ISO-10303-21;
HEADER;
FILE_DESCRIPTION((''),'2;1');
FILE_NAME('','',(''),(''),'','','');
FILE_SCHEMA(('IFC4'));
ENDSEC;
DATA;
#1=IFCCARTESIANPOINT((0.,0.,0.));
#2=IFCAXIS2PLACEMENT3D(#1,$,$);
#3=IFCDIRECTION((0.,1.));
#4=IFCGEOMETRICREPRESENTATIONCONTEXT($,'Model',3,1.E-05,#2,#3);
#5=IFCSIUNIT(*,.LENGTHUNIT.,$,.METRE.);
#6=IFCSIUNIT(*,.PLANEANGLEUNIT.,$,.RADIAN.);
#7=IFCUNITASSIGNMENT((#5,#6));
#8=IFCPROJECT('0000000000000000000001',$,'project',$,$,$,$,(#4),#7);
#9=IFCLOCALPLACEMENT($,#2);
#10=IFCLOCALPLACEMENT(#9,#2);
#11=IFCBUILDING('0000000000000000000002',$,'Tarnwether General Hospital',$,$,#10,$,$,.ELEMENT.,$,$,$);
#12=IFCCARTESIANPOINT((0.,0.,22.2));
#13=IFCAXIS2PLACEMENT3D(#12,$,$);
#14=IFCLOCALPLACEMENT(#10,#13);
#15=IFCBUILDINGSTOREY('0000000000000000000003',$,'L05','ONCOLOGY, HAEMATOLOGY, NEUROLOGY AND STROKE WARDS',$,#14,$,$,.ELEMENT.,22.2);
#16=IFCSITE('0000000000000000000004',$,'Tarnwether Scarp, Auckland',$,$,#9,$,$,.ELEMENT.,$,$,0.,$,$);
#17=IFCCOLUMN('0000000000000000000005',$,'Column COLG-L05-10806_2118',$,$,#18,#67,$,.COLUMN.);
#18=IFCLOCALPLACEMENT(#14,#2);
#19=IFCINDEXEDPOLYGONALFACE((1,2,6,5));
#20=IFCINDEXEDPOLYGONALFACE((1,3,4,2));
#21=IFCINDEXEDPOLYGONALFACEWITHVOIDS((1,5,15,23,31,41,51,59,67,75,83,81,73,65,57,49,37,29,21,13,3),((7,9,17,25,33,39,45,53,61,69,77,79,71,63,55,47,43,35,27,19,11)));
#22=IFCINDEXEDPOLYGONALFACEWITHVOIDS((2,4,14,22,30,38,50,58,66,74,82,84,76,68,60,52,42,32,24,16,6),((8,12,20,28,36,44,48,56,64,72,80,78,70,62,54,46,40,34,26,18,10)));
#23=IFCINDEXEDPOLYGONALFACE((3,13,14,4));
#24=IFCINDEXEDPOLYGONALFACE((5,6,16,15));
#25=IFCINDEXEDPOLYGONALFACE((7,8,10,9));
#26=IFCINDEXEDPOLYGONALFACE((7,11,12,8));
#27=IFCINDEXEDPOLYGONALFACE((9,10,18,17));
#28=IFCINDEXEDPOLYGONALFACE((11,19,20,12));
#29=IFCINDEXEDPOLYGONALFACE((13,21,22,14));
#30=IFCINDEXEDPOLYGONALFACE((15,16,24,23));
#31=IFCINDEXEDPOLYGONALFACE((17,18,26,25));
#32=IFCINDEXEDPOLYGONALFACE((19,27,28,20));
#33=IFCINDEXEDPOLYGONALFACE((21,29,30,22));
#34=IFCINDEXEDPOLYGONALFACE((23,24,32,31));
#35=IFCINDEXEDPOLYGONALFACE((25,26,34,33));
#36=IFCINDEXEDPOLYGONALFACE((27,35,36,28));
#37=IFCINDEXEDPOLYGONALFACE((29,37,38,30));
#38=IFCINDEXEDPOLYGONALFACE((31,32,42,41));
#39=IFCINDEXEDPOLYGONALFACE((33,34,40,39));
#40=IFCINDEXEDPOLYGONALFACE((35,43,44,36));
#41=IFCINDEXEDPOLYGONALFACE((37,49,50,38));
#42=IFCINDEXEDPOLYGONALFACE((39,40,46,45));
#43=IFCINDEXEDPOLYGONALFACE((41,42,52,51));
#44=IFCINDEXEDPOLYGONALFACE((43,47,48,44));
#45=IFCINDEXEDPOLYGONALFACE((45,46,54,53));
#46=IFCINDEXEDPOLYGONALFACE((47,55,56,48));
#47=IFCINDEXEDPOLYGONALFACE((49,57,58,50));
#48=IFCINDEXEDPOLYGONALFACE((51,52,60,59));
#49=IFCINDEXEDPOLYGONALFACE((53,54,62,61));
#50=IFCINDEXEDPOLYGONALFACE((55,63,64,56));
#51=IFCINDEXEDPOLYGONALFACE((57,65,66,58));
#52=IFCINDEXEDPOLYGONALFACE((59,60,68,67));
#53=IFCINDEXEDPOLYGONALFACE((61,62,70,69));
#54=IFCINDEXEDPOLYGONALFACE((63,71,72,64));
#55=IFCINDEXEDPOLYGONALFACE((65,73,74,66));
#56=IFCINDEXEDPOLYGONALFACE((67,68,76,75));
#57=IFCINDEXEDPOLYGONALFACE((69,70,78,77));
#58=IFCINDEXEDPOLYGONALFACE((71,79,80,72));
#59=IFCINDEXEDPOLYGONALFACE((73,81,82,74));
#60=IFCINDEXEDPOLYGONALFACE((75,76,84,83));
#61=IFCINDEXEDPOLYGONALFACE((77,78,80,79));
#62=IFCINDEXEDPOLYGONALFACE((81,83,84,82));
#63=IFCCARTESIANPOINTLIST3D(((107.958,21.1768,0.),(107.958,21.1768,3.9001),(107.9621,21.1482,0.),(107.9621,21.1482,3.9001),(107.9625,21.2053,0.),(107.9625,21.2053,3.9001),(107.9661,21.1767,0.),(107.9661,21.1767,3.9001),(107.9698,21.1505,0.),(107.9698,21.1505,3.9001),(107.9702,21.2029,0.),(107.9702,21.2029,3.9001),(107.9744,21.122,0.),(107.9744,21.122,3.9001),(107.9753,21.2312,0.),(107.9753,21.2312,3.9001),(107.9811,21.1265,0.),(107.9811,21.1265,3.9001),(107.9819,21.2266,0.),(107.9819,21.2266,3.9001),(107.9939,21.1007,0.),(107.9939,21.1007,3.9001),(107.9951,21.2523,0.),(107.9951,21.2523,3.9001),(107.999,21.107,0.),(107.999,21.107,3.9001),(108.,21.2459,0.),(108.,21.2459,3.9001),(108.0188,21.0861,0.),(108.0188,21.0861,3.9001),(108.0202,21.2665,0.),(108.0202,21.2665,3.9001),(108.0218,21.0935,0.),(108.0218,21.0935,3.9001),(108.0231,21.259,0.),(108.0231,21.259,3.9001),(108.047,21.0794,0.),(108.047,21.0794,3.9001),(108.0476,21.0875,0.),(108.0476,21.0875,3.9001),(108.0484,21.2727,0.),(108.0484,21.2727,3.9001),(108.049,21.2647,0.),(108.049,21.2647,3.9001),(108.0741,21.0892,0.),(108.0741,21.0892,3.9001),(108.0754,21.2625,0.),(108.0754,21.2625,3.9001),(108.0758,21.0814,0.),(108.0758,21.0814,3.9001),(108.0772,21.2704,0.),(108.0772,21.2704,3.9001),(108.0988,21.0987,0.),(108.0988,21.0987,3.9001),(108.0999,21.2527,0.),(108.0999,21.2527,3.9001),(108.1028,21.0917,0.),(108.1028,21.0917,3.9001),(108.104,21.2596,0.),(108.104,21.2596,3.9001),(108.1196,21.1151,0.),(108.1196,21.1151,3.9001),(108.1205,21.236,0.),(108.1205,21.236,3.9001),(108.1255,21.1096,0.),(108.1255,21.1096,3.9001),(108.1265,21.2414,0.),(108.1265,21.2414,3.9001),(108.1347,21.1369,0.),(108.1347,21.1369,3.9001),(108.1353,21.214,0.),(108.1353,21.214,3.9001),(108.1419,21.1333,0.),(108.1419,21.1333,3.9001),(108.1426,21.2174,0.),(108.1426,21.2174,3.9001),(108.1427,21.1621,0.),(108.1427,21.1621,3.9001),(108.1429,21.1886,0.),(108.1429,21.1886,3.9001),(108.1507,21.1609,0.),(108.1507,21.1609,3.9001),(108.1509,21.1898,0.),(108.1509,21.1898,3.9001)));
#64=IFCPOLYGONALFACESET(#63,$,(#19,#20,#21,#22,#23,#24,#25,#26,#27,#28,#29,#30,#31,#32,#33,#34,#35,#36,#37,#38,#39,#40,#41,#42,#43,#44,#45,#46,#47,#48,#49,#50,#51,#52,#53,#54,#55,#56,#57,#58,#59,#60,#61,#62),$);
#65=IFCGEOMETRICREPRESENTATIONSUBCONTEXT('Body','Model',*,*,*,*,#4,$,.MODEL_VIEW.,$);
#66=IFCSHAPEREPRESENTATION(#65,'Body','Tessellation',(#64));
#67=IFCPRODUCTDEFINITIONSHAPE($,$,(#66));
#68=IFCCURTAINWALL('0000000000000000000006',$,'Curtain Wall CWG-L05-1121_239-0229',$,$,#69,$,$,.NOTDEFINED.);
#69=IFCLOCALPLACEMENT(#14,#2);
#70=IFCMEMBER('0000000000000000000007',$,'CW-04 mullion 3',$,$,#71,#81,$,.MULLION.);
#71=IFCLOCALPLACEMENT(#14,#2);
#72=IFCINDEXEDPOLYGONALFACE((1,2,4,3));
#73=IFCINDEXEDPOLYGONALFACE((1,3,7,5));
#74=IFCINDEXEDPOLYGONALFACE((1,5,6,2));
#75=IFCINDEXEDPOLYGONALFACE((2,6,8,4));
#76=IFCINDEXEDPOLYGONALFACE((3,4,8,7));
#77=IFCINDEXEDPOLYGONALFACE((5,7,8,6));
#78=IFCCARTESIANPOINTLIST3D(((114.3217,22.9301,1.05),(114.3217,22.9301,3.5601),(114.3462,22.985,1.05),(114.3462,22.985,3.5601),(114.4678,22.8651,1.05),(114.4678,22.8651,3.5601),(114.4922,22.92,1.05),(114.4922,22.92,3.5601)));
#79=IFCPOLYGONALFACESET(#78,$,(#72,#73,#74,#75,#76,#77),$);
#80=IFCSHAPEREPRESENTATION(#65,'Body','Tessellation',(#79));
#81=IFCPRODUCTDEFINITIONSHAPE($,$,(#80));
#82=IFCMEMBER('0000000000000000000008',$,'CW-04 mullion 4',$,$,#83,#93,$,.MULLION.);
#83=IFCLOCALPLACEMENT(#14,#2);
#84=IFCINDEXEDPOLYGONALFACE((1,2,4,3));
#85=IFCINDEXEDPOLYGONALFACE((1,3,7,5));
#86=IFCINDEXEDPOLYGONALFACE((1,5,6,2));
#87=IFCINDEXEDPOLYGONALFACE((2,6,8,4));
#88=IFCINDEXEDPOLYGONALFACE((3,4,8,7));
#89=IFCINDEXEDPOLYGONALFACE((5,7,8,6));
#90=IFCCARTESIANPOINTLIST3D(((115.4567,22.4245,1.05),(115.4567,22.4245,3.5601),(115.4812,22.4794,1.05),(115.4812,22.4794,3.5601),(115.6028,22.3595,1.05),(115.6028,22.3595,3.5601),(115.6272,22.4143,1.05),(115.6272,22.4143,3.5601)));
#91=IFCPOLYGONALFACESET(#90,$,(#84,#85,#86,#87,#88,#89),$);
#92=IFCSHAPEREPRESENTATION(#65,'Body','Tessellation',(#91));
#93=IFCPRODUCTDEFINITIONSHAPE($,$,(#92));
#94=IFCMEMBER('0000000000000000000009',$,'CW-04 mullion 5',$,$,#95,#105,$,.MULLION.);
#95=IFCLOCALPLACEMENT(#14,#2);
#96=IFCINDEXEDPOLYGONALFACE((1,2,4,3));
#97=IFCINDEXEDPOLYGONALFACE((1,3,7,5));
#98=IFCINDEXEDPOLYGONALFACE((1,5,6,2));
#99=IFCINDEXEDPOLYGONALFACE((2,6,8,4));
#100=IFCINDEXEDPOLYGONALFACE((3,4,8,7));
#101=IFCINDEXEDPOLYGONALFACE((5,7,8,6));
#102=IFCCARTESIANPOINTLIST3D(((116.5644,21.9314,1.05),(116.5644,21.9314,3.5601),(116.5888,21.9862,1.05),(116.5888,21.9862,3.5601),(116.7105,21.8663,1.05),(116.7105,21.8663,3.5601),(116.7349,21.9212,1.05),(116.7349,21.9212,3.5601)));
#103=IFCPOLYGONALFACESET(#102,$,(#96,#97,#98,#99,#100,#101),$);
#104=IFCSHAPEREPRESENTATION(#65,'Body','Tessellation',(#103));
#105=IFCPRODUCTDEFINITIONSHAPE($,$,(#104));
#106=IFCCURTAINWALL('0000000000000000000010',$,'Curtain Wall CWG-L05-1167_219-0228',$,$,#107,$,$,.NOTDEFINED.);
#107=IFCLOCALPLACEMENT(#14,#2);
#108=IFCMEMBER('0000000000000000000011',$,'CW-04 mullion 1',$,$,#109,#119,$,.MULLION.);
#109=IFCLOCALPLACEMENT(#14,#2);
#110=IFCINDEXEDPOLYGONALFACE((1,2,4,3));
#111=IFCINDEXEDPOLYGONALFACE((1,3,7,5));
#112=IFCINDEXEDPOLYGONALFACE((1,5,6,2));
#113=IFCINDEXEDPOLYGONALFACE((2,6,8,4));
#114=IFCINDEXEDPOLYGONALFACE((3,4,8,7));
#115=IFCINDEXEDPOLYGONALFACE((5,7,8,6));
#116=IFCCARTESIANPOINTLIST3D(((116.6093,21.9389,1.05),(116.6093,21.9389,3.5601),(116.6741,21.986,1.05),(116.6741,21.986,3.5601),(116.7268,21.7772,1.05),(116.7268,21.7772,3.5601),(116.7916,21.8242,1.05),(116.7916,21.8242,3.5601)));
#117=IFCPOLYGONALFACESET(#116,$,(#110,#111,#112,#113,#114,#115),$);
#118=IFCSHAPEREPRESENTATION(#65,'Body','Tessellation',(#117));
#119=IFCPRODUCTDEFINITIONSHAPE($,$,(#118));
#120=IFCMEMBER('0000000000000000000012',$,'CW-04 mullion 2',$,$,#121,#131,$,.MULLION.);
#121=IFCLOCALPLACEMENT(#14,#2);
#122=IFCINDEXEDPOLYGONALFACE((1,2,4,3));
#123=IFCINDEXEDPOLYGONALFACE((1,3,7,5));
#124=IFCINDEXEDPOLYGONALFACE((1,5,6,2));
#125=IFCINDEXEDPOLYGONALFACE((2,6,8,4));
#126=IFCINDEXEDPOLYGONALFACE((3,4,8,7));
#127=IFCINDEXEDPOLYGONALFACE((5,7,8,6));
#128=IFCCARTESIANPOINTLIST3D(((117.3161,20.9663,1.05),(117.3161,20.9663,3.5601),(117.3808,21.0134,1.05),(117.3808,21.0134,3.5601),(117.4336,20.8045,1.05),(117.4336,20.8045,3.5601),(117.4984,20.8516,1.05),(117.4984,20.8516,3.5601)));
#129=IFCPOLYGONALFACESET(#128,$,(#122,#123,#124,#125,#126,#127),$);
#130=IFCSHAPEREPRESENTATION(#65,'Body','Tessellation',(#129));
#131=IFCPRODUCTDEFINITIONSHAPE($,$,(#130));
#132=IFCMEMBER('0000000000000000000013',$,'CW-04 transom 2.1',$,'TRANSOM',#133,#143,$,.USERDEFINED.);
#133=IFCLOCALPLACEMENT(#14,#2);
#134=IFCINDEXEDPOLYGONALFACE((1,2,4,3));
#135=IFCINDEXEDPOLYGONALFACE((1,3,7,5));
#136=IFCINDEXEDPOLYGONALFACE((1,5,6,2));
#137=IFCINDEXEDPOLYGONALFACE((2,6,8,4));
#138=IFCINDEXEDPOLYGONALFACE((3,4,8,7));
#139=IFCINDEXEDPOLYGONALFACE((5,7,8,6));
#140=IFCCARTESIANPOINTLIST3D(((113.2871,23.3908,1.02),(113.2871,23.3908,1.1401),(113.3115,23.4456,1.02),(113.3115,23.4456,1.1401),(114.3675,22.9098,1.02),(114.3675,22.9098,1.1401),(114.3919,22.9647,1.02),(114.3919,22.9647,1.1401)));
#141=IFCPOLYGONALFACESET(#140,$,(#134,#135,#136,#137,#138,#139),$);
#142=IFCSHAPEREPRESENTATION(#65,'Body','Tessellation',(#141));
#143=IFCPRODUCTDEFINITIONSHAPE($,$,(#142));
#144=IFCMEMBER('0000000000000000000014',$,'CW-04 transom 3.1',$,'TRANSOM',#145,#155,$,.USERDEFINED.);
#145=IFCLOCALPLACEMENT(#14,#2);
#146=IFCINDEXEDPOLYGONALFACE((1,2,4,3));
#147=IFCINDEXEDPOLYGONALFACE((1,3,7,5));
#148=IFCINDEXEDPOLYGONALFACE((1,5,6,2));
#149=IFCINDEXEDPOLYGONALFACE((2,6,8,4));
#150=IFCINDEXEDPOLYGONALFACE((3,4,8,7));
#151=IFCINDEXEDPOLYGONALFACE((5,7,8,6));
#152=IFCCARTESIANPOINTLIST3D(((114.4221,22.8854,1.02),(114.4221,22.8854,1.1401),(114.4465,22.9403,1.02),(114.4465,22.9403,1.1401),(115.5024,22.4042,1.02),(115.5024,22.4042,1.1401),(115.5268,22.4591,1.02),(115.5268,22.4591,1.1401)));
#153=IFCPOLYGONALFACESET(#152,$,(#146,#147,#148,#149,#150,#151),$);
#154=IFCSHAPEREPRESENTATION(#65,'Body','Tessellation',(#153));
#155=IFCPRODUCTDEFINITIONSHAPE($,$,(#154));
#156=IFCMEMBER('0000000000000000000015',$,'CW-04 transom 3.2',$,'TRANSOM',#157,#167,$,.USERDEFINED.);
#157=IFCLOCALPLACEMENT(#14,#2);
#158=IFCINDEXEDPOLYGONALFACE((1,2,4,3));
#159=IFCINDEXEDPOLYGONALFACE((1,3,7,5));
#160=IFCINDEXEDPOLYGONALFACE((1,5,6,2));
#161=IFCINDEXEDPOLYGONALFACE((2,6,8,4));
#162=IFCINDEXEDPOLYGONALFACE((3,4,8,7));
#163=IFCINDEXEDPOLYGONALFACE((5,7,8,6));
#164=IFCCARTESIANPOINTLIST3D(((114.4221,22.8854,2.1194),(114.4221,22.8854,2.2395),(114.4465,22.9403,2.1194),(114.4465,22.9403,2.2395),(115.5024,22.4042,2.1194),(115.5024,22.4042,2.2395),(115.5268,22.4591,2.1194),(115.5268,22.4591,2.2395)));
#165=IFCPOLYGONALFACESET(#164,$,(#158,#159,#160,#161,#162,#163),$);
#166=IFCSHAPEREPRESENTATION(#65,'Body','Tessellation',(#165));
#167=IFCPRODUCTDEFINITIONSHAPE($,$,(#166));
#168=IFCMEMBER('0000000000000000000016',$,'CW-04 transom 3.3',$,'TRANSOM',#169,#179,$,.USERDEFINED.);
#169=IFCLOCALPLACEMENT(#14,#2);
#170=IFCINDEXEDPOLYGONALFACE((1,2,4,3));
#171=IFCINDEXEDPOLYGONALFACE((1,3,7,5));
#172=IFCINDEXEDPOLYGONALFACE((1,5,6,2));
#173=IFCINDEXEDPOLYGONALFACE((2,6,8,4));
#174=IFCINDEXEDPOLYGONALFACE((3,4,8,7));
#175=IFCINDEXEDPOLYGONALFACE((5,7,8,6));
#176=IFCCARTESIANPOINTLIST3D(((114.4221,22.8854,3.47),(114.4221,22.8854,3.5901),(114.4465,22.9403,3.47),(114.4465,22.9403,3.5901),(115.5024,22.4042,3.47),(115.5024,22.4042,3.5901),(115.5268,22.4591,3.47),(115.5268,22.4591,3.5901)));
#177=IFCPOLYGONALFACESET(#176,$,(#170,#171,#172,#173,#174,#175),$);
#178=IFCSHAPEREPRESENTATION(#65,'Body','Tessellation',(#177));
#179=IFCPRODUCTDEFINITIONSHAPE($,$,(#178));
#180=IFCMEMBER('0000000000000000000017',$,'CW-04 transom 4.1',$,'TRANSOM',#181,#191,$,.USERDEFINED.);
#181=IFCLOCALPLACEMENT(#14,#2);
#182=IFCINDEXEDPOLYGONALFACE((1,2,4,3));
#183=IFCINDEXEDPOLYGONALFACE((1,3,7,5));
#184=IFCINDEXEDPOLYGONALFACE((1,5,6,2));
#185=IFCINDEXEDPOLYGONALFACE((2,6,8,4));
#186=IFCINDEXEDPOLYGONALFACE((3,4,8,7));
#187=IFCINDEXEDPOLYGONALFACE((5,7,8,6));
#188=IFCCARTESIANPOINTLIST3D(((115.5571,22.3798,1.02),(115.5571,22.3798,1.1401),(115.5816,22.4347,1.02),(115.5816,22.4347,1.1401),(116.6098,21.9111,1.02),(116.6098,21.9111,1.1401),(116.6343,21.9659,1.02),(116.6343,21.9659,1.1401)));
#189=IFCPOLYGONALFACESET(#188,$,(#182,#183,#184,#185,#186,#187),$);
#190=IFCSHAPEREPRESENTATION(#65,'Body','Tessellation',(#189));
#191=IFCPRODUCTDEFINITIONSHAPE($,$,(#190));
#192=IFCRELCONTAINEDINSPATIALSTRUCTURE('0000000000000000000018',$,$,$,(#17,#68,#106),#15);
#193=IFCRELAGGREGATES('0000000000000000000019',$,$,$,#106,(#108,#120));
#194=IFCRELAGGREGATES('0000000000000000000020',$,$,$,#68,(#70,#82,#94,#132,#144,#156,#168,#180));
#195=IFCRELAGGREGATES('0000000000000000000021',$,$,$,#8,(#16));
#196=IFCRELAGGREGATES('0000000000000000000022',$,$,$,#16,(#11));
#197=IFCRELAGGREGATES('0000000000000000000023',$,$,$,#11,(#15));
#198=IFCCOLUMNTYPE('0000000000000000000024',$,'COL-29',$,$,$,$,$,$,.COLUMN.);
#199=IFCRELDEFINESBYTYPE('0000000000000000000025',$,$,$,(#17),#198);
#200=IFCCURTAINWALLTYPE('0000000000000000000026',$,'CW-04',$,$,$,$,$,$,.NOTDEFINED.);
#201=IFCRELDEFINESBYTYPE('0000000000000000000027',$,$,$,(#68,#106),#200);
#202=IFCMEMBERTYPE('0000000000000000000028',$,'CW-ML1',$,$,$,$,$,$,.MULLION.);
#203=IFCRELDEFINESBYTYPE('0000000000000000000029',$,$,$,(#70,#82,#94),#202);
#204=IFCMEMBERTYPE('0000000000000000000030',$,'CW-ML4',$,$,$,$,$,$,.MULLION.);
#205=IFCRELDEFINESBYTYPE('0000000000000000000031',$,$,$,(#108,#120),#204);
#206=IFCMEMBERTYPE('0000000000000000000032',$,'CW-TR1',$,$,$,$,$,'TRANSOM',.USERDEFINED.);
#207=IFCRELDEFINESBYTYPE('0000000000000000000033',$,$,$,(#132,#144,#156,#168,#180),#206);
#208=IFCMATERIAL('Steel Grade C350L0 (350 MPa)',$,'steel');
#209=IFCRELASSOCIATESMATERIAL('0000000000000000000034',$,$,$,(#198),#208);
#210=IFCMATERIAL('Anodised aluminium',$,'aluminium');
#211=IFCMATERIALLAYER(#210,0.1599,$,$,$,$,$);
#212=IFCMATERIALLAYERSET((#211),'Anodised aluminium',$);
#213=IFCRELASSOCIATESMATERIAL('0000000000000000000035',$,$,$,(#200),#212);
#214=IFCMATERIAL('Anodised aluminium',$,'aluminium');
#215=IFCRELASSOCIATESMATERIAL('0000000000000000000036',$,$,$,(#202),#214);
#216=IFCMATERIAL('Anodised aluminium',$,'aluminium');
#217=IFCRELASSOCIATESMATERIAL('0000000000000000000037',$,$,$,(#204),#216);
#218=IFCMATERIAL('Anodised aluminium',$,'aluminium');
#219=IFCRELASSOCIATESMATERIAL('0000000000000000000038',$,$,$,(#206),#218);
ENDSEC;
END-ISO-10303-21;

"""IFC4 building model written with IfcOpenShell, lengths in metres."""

from ifc_helpers import new_model, si_unit, direction, frame, origin, origin_2d, place, context, subcontext, project, spatial, rectangle, hollow_circle, extrude, material, layer, layer_set, material_profile, profile_set, type_object, element, aggregate, save


model = new_model("IFC4")

# Units and contexts
model_context = context("Model", 3, precision=1e-05, world=origin(), true_north=direction((0.0, 1.0)))
body_context = subcontext(model_context, "Body", "Model", "MODEL_VIEW")
ifc_project = project(units=[si_unit("LENGTHUNIT", "METRE"), si_unit("PLANEANGLEUNIT", "RADIAN")], contexts=[model_context])

# Site, building, storey
site_placement = place(None, origin())
site = spatial("IfcSite", under=ifc_project, at=site_placement, Name="Tarnwether Scarp, Auckland", CompositionType="ELEMENT", RefElevation=0.0)
building_placement = place(site_placement, origin())
building = spatial("IfcBuilding", under=site, at=building_placement, Name="Tarnwether General Hospital", CompositionType="ELEMENT")
storey_placement = place(building_placement, frame((0.0, 0.0, 22.2)))
storey = spatial("IfcBuildingStorey", under=building, at=storey_placement, Name="L05", Description="ONCOLOGY, HAEMATOLOGY, NEUROLOGY AND STROKE WARDS", CompositionType="ELEMENT", Elevation=22.2)

# Column
ifc_material_1 = material(Name="Steel Grade C350L0 (350 MPa)", Category="steel")
ifc_material_profile_1 = material_profile(ifc_material_1, hollow_circle(Radius=0.0969, WallThickness=0.0081, at=origin_2d()), Name="CHS193.7x8.0")
ifc_profile_set_1 = profile_set([ifc_material_profile_1], Name="Steel Grade C350L0 (350 MPa)")
column_type = type_object("IfcColumnType", Name="COL-29", PredefinedType="COLUMN", material=ifc_profile_set_1)
column_placement = place(storey_placement, frame((108.0549, 21.176, 0.0), z_axis=(0.0, 0.0, 1.0), x_axis=(-0.358368, 0.93358, 0.0)))
element("IfcColumn", 1, at=column_placement, inside=storey, type_object=column_type, Name="Column COLG-L05-10806_2118", PredefinedType="COLUMN", context=body_context, shape_type="SweptSolid", body=[
    extrude(hollow_circle(Radius=0.0969, WallThickness=0.0081, at=origin_2d()), origin(), (0.0, 0.0, 1.0), 3.9001),
])

# Curtain walls, members
ifc_material_2 = material(Name="Anodised aluminium", Category="aluminium")
ifc_layer_1 = layer(ifc_material_2, 0.1599)
ifc_layer_set_1 = layer_set([ifc_layer_1], Name="Anodised aluminium")
curtain_wall_type = type_object("IfcCurtainWallType", Name="CW-04", PredefinedType="NOTDEFINED", material=ifc_layer_set_1)
curtain_wall_1_placement = place(storey_placement, origin())
curtain_wall_1 = element("IfcCurtainWall", 2, at=curtain_wall_1_placement, inside=storey, type_object=curtain_wall_type, Name="Curtain Wall CWG-L05-1121_239-0229", PredefinedType="NOTDEFINED")
ifc_material_3 = material(Name="Anodised aluminium", Category="aluminium")
ifc_material_profile_2 = material_profile(ifc_material_3, rectangle(XDim=0.0601, YDim=0.1599, at=origin_2d()), Name="ALU-MUL-60x160")
ifc_profile_set_2 = profile_set([ifc_material_profile_2], Name="Anodised aluminium")
member_type_1 = type_object("IfcMemberType", Name="CW-ML1", PredefinedType="MULLION", material=ifc_profile_set_2)
member_1_placement = place(storey_placement, frame((114.407, 22.925, 1.05), z_axis=(0.0, 0.0, 1.0), x_axis=(0.406848, 0.913496, 0.0)))
member_1 = element("IfcMember", 3, at=member_1_placement, type_object=member_type_1, Name="CW-04 mullion 3", PredefinedType="MULLION", context=body_context, shape_type="SweptSolid", body=[
    extrude(rectangle(XDim=0.0601, YDim=0.1599, at=origin_2d()), origin(), (0.0, 0.0, 1.0), 2.51),
])
member_2_placement = place(storey_placement, frame((115.542, 22.4194, 1.05), z_axis=(0.0, 0.0, 1.0), x_axis=(0.406848, 0.913496, 0.0)))
member_2 = element("IfcMember", 4, at=member_2_placement, type_object=member_type_1, Name="CW-04 mullion 4", PredefinedType="MULLION", context=body_context, shape_type="SweptSolid", body=[
    extrude(rectangle(XDim=0.0601, YDim=0.1599, at=origin_2d()), origin(), (0.0, 0.0, 1.0), 2.51),
])
member_3_placement = place(storey_placement, frame((116.6497, 21.9263, 1.05), z_axis=(0.0, 0.0, 1.0), x_axis=(0.406848, 0.913496, 0.0)))
member_3 = element("IfcMember", 5, at=member_3_placement, type_object=member_type_1, Name="CW-04 mullion 5", PredefinedType="MULLION", context=body_context, shape_type="SweptSolid", body=[
    extrude(rectangle(XDim=0.0601, YDim=0.1599, at=origin_2d()), origin(), (0.0, 0.0, 1.0), 2.51),
])
curtain_wall_2_placement = place(storey_placement, origin())
curtain_wall_2 = element("IfcCurtainWall", 6, at=curtain_wall_2_placement, inside=storey, type_object=curtain_wall_type, Name="Curtain Wall CWG-L05-1167_219-0228", PredefinedType="NOTDEFINED")
ifc_material_4 = material(Name="Anodised aluminium", Category="aluminium")
ifc_material_profile_3 = material_profile(ifc_material_4, rectangle(XDim=0.0801, YDim=0.2, at=origin_2d()), Name="ALU-MUL-80x200")
ifc_profile_set_3 = profile_set([ifc_material_profile_3], Name="Anodised aluminium")
member_type_2 = type_object("IfcMemberType", Name="CW-ML4", PredefinedType="MULLION", material=ifc_profile_set_3)
member_4_placement = place(storey_placement, frame((116.7004, 21.8816, 1.05), z_axis=(0.0, 0.0, 1.0), x_axis=(0.808988, 0.587825, 0.0)))
member_4 = element("IfcMember", 7, at=member_4_placement, type_object=member_type_2, Name="CW-04 mullion 1", PredefinedType="MULLION", context=body_context, shape_type="SweptSolid", body=[
    extrude(rectangle(XDim=0.0801, YDim=0.2, at=origin_2d()), origin(), (0.0, 0.0, 1.0), 2.51),
])
member_5_placement = place(storey_placement, frame((117.4072, 20.9089, 1.05), z_axis=(0.0, 0.0, 1.0), x_axis=(0.808988, 0.587825, 0.0)))
member_5 = element("IfcMember", 8, at=member_5_placement, type_object=member_type_2, Name="CW-04 mullion 2", PredefinedType="MULLION", context=body_context, shape_type="SweptSolid", body=[
    extrude(rectangle(XDim=0.0801, YDim=0.2, at=origin_2d()), origin(), (0.0, 0.0, 1.0), 2.51),
])

# Members
ifc_material_5 = material(Name="Anodised aluminium", Category="aluminium")
ifc_material_profile_4 = material_profile(ifc_material_5, rectangle(XDim=0.0601, YDim=0.1201, at=origin_2d()), Name="ALU-TRN-60x120")
ifc_profile_set_4 = profile_set([ifc_material_profile_4], Name="Anodised aluminium")
member_type_3 = type_object("IfcMemberType", Name="CW-TR1", ElementType="TRANSOM", PredefinedType="USERDEFINED", material=ifc_profile_set_4)
member_6_placement = place(storey_placement, frame((113.2993, 23.4182, 1.0801), z_axis=(0.913556, -0.406713, 0.0), x_axis=(0.406713, 0.913556, 0.0)))
member_6 = element("IfcMember", 9, at=member_6_placement, type_object=member_type_3, Name="CW-04 transom 2.1", ObjectType="TRANSOM", PredefinedType="USERDEFINED", context=body_context, shape_type="SweptSolid", body=[
    extrude(rectangle(XDim=0.0601, YDim=0.1201, at=origin_2d()), origin(), (0.0, 0.0, 1.0), 1.1826),
])
member_7_placement = place(storey_placement, frame((114.4343, 22.9128, 1.0801), z_axis=(0.913479, -0.406885, 0.0), x_axis=(0.406885, 0.913479, 0.0)))
member_7 = element("IfcMember", 10, at=member_7_placement, type_object=member_type_3, Name="CW-04 transom 3.1", ObjectType="TRANSOM", PredefinedType="USERDEFINED", context=body_context, shape_type="SweptSolid", body=[
    extrude(rectangle(XDim=0.0601, YDim=0.1201, at=origin_2d()), origin(), (0.0, 0.0, 1.0), 1.1826),
])
member_8_placement = place(storey_placement, frame((114.4343, 22.9128, 2.1794), z_axis=(0.913479, -0.406885, 0.0), x_axis=(0.406885, 0.913479, 0.0)))
member_8 = element("IfcMember", 11, at=member_8_placement, type_object=member_type_3, Name="CW-04 transom 3.2", ObjectType="TRANSOM", PredefinedType="USERDEFINED", context=body_context, shape_type="SweptSolid", body=[
    extrude(rectangle(XDim=0.0601, YDim=0.1201, at=origin_2d()), origin(), (0.0, 0.0, 1.0), 1.1826),
])
member_9_placement = place(storey_placement, frame((114.4343, 22.9128, 3.53), z_axis=(0.913479, -0.406885, 0.0), x_axis=(0.406885, 0.913479, 0.0)))
member_9 = element("IfcMember", 12, at=member_9_placement, type_object=member_type_3, Name="CW-04 transom 3.3", ObjectType="TRANSOM", PredefinedType="USERDEFINED", context=body_context, shape_type="SweptSolid", body=[
    extrude(rectangle(XDim=0.0601, YDim=0.1201, at=origin_2d()), origin(), (0.0, 0.0, 1.0), 1.1826),
])
member_10_placement = place(storey_placement, frame((115.5693, 22.4072, 1.0801), z_axis=(0.913532, -0.406767, 0.0), x_axis=(0.406767, 0.913532, 0.0)))
member_10 = element("IfcMember", 13, at=member_10_placement, type_object=member_type_3, Name="CW-04 transom 4.1", ObjectType="TRANSOM", PredefinedType="USERDEFINED", context=body_context, shape_type="SweptSolid", body=[
    extrude(rectangle(XDim=0.0601, YDim=0.1201, at=origin_2d()), origin(), (0.0, 0.0, 1.0), 1.1523),
])

aggregate(curtain_wall_2, [member_4, member_5])
aggregate(curtain_wall_1, [member_1, member_2, member_3, member_6, member_7, member_8, member_9, member_10])

save(model, "model.ifc")
